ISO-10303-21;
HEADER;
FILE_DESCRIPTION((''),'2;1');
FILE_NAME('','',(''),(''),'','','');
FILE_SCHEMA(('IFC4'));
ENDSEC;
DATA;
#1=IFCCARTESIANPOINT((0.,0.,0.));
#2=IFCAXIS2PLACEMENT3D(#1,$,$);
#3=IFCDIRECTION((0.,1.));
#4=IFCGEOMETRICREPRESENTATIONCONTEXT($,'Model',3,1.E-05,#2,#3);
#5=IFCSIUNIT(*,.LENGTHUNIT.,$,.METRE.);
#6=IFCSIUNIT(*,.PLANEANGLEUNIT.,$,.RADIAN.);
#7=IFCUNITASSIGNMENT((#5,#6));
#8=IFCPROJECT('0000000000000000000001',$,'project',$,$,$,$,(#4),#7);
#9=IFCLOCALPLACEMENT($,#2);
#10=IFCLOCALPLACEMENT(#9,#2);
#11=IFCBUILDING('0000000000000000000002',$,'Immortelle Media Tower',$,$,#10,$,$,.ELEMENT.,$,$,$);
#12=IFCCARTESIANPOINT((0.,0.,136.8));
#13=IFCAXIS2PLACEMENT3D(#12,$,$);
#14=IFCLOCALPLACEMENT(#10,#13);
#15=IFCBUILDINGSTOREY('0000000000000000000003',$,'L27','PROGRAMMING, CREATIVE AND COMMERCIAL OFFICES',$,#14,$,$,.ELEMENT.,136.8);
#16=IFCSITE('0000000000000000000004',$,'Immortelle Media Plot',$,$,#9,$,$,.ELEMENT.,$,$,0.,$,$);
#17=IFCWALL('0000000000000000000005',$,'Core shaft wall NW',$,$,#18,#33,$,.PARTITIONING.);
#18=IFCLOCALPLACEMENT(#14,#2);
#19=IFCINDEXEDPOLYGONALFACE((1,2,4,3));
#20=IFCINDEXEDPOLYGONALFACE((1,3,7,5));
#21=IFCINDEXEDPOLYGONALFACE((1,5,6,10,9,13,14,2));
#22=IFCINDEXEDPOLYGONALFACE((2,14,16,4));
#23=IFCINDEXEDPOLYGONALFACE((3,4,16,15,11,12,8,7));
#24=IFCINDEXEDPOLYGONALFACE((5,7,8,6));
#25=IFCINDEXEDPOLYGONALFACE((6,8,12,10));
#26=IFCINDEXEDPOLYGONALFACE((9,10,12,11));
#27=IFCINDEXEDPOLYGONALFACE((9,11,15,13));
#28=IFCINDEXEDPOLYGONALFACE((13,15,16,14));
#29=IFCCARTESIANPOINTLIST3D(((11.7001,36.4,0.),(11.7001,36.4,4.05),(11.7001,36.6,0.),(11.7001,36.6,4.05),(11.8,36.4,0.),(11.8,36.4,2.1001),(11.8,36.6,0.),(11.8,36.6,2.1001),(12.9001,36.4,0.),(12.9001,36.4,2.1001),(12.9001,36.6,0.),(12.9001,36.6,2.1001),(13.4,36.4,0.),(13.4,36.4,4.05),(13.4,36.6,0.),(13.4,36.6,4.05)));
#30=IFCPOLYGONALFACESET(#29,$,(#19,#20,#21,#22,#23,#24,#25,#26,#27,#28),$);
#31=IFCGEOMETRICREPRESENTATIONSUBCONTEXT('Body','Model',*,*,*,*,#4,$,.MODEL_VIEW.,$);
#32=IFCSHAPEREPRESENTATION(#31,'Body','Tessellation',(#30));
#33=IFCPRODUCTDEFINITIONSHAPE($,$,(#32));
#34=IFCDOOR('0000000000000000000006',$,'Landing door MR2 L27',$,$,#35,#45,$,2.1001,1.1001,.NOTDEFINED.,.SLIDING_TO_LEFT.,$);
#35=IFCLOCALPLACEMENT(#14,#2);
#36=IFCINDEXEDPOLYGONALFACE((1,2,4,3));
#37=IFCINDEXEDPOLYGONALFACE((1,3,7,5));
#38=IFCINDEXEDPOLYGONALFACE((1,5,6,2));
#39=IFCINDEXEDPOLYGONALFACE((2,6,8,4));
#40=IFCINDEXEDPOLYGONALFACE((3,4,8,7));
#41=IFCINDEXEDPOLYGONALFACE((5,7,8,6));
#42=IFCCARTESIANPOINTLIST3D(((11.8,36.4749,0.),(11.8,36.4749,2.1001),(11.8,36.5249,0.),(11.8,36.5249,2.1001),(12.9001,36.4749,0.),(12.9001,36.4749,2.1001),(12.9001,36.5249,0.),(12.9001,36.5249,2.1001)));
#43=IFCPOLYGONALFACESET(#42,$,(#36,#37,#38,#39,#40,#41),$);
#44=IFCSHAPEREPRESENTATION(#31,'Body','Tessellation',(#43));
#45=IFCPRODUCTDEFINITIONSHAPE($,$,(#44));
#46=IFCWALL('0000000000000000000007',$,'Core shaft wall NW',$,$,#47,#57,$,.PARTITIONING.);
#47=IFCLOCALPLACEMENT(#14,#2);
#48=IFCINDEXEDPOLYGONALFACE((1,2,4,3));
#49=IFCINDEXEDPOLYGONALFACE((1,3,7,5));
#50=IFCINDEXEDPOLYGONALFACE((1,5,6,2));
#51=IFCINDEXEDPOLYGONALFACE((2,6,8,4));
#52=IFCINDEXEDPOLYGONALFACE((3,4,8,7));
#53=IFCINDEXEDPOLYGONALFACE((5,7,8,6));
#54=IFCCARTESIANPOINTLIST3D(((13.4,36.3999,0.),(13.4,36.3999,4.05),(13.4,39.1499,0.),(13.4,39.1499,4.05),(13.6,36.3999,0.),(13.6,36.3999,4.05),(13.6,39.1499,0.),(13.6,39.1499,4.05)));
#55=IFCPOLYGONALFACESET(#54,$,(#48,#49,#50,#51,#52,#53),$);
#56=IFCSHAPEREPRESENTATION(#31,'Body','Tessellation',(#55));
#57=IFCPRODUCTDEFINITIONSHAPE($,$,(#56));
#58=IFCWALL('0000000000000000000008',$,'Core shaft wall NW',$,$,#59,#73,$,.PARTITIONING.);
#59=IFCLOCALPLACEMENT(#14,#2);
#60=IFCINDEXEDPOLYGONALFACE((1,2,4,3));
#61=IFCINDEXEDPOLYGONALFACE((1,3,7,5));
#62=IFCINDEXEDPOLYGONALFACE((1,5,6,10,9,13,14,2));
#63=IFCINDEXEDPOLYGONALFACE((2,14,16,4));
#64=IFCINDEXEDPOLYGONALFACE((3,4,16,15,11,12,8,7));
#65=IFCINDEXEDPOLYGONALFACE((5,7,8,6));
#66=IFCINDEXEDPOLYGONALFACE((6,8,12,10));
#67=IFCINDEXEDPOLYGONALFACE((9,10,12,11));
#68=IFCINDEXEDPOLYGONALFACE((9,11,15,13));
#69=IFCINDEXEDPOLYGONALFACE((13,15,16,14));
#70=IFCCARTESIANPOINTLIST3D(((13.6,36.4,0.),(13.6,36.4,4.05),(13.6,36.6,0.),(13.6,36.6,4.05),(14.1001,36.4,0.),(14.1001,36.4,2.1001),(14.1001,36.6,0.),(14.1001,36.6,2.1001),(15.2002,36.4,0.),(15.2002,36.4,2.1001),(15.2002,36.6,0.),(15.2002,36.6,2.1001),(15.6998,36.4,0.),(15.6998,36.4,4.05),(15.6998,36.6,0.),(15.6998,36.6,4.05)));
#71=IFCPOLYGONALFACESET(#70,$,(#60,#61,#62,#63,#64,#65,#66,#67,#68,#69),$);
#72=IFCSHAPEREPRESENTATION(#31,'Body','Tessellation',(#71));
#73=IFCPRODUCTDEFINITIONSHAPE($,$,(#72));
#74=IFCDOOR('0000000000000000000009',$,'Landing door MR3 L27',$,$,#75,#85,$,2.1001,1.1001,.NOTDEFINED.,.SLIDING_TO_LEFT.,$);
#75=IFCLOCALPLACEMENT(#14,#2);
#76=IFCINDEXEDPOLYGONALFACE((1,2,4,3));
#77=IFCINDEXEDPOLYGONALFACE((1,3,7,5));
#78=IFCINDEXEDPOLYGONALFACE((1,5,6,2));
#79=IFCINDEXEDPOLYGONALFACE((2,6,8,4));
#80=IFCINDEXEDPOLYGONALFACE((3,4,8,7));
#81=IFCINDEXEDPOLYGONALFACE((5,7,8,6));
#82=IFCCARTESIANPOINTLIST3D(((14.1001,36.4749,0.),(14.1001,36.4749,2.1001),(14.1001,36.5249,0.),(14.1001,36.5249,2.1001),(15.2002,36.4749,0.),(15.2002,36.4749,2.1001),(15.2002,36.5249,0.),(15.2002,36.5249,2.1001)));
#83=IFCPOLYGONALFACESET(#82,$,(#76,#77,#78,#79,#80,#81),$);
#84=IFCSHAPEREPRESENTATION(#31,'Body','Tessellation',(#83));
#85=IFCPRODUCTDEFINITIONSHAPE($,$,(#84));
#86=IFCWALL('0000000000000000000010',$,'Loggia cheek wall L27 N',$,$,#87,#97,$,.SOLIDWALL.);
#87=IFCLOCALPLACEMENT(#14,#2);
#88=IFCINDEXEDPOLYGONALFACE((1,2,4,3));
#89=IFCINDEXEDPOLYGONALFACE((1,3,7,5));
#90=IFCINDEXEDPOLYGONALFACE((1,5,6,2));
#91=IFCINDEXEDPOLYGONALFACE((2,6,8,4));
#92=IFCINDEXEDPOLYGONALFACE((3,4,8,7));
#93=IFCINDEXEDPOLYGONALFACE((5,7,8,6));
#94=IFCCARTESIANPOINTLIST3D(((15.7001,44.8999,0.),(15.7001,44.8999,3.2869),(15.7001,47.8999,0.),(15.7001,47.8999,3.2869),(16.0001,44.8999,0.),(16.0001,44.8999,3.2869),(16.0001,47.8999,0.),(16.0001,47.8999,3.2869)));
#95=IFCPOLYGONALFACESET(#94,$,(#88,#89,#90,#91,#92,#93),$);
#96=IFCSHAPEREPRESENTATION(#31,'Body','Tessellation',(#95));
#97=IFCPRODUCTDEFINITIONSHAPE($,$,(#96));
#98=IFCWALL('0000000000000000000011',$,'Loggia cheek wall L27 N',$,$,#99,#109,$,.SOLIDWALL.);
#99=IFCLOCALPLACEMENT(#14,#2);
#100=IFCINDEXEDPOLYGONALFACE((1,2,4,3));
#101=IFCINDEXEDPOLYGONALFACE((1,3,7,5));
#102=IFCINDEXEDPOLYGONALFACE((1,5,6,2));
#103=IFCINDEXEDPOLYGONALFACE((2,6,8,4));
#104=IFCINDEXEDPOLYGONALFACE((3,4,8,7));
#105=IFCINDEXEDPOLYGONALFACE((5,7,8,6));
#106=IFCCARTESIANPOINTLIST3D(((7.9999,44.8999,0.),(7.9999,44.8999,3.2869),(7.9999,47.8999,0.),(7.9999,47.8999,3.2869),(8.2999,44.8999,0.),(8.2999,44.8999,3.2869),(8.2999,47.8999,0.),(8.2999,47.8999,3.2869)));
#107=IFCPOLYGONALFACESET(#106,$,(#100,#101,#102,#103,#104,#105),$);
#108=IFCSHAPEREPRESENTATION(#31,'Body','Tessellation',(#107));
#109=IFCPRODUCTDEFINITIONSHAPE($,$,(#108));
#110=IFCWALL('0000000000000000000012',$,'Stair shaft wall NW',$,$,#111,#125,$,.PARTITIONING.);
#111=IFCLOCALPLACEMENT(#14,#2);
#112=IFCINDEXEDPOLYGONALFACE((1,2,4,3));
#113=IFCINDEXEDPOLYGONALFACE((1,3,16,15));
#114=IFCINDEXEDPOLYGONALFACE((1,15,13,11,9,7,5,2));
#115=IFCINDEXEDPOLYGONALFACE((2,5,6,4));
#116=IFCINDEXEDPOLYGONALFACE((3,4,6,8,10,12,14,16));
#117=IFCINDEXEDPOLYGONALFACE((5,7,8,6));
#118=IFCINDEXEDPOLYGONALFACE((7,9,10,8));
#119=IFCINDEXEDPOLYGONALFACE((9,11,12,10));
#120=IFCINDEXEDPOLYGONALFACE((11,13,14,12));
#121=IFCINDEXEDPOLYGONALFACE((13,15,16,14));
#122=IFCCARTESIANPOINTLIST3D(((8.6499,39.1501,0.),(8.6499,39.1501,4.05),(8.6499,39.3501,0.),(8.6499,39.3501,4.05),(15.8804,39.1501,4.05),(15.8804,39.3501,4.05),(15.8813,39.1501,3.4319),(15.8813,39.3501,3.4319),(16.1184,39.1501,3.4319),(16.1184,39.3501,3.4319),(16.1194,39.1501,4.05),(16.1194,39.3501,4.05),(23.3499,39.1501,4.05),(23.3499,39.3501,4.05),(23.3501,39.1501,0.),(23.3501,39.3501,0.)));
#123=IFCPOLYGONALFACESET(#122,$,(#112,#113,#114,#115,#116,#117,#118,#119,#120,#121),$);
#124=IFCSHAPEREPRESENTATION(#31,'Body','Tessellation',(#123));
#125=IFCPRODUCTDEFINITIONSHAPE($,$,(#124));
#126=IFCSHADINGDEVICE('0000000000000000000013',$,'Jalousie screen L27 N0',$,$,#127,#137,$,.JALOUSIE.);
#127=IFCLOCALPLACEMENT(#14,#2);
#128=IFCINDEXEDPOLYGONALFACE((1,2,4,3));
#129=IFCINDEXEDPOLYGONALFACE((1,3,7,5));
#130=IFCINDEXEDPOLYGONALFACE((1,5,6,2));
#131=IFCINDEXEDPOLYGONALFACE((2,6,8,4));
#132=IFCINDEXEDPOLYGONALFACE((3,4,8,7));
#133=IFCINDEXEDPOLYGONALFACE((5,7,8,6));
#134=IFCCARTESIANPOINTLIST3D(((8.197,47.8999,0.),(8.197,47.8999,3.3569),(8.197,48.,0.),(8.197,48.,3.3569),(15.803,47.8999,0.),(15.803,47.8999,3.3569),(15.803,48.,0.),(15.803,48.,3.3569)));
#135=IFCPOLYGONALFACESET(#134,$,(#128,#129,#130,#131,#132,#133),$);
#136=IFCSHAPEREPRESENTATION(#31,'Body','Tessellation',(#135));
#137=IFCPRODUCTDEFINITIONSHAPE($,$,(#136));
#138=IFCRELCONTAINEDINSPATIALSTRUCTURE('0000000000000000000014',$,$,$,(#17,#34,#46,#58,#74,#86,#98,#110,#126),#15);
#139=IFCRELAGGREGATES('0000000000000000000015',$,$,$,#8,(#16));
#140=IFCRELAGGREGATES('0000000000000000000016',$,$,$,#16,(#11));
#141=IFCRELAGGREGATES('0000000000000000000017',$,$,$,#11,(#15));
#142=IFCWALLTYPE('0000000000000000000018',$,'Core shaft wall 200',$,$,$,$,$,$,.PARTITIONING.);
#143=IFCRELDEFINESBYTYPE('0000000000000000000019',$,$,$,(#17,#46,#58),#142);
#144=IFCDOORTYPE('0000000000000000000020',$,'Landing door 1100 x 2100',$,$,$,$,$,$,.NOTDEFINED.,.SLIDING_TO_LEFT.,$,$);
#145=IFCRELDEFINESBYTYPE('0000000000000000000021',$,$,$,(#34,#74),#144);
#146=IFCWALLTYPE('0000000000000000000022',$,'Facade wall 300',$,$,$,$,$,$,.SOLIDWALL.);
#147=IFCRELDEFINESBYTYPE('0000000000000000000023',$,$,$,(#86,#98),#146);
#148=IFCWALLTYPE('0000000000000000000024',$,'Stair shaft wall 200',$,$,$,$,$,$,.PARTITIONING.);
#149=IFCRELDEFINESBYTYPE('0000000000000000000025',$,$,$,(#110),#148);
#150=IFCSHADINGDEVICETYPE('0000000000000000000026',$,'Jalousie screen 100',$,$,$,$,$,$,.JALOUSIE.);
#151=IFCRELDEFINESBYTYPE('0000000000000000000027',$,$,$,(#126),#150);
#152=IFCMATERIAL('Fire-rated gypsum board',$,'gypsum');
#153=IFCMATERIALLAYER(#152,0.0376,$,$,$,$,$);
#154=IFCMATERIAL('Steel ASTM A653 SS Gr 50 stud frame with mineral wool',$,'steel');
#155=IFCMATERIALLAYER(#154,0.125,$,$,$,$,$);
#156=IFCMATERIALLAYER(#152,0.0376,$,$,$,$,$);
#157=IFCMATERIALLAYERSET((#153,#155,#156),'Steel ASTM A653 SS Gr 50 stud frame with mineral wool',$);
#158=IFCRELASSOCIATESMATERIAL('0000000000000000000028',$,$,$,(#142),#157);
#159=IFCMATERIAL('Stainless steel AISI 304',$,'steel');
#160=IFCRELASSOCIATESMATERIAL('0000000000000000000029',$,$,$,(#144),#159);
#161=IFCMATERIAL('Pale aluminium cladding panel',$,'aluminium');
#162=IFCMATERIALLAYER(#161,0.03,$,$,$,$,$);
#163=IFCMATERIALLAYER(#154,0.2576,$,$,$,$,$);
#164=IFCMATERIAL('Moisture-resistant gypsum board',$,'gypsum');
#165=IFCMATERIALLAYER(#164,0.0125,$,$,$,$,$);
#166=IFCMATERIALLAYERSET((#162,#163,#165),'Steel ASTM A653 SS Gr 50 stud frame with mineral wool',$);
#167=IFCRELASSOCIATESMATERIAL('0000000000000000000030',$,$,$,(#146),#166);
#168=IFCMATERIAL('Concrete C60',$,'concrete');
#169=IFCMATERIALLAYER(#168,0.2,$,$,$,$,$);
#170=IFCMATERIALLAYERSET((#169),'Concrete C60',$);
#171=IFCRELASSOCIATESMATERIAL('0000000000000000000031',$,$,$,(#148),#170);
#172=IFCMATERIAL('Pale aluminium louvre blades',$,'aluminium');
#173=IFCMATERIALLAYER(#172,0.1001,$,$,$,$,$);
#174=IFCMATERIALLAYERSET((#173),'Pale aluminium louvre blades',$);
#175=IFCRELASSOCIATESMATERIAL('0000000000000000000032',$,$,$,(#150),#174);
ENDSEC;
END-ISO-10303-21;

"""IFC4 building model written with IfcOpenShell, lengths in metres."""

from ifc_helpers import new_model, si_unit, direction, frame, frame_2d, origin, origin_2d, place, context, subcontext, project, spatial, polyline, rectangle, outline, extrude, material, layer, layer_set, type_object, element, fill, save


model = new_model("IFC4")

# Units and contexts
model_context = context("Model", 3, precision=1e-05, world=origin(), true_north=direction((0.0, 1.0)))
body_context = subcontext(model_context, "Body", "Model", "MODEL_VIEW")
ifc_project = project(units=[si_unit("LENGTHUNIT", "METRE"), si_unit("PLANEANGLEUNIT", "RADIAN")], contexts=[model_context])

# Site, building, storey
site_placement = place(None, origin())
site = spatial("IfcSite", under=ifc_project, at=site_placement, Name="Immortelle Media Plot", CompositionType="ELEMENT", RefElevation=0.0)
building_placement = place(site_placement, origin())
building = spatial("IfcBuilding", under=site, at=building_placement, Name="Immortelle Media Tower", CompositionType="ELEMENT")
storey_placement = place(building_placement, frame((0.0, 0.0, 136.8)))
storey = spatial("IfcBuildingStorey", under=building, at=storey_placement, Name="L27", Description="PROGRAMMING, CREATIVE AND COMMERCIAL OFFICES", CompositionType="ELEMENT", Elevation=136.8)

# Shared definitions
ifc_material_1 = material(Name="Fire-rated gypsum board", Category="gypsum")
ifc_material_2 = material(Name="Steel ASTM A653 SS Gr 50 stud frame with mineral wool", Category="steel")

# Shared definitions
ifc_layer_1 = layer(ifc_material_1, 0.0376)
ifc_layer_2 = layer(ifc_material_2, 0.125)
ifc_layer_3 = layer(ifc_material_1, 0.0376)
ifc_layer_set_1 = layer_set([ifc_layer_1, ifc_layer_2, ifc_layer_3], Name="Steel ASTM A653 SS Gr 50 stud frame with mineral wool")
wall_type_1 = type_object("IfcWallType", Name="Core shaft wall 200", PredefinedType="PARTITIONING", material=ifc_layer_set_1)

# Shared definitions
ifc_material_3 = material(Name="Stainless steel AISI 304", Category="steel")
door_type_1 = type_object("IfcDoorType", Name="Landing door 1100 x 2100", OperationType="SLIDING_TO_LEFT", PredefinedType="NOTDEFINED", material=ifc_material_3)

# Wall, opening, door
wall_1_placement = place(storey_placement, frame((11.7, 36.5, 0.0), z_axis=(0.0, 0.0, 1.0), x_axis=(1.0, 0.0, 0.0)))
wall_1 = element("IfcWall", 1, at=wall_1_placement, inside=storey, type_object=wall_type_1, Name="Core shaft wall NW", PredefinedType="PARTITIONING", context=body_context, shape_type="SweptSolid", body=[
    extrude(rectangle(XDim=1.7, YDim=0.2, at=frame_2d((0.8501, 0.0))), origin(), (0.0, 0.0, 1.0), 4.05),
])
opening_1_placement = place(wall_1_placement, frame((0.1001, 0.0, 0.0)))
opening_1 = element("IfcOpeningElement", 2, at=opening_1_placement, cuts=wall_1, PredefinedType="OPENING", context=body_context, shape_type="SweptSolid", body=[
    extrude(rectangle(XDim=1.1001, YDim=2.1001, at=frame_2d((0.55, 1.05))), frame((0.0, 0.1099, 0.0), z_axis=(0.0, -1.0, 0.0), x_axis=(1.0, 0.0, 0.0)), (0.0, 0.0, 1.0), 0.22),
])
door_1_placement = place(opening_1_placement, origin())
door_1 = element("IfcDoor", 3, at=door_1_placement, inside=storey, type_object=door_type_1, Name="Landing door MR2 L27", OperationType="SLIDING_TO_LEFT", OverallHeight=2.1001, OverallWidth=1.1001, PredefinedType="NOTDEFINED", context=body_context, shape_type="SweptSolid", body=[
    extrude(rectangle(XDim=1.1001, YDim=2.1001, at=frame_2d((0.55, 1.05))), frame((0.0, 0.0249, 0.0), z_axis=(0.0, -1.0, 0.0), x_axis=(1.0, 0.0, 0.0)), (0.0, 0.0, 1.0), 0.05),
])
fill(opening_1, door_1)

# Wall
wall_2_placement = place(storey_placement, frame((13.5, 36.3999, 0.0), z_axis=(0.0, 0.0, 1.0), x_axis=(0.0, 1.0, 0.0)))
element("IfcWall", 4, at=wall_2_placement, inside=storey, type_object=wall_type_1, Name="Core shaft wall NW", PredefinedType="PARTITIONING", context=body_context, shape_type="SweptSolid", body=[
    extrude(rectangle(XDim=2.75, YDim=0.2, at=frame_2d((1.375, 0.0))), origin(), (0.0, 0.0, 1.0), 4.05),
])

# Wall, opening, door
wall_3_placement = place(storey_placement, frame((13.6001, 36.5, 0.0), z_axis=(0.0, 0.0, 1.0), x_axis=(1.0, 0.0, 0.0)))
wall_3 = element("IfcWall", 5, at=wall_3_placement, inside=storey, type_object=wall_type_1, Name="Core shaft wall NW", PredefinedType="PARTITIONING", context=body_context, shape_type="SweptSolid", body=[
    extrude(rectangle(XDim=2.0999, YDim=0.2, at=frame_2d((1.0498, 0.0))), origin(), (0.0, 0.0, 1.0), 4.05),
])
opening_2_placement = place(wall_3_placement, frame((0.5, 0.0, 0.0)))
opening_2 = element("IfcOpeningElement", 6, at=opening_2_placement, cuts=wall_3, PredefinedType="OPENING", context=body_context, shape_type="SweptSolid", body=[
    extrude(rectangle(XDim=1.1001, YDim=2.1001, at=frame_2d((0.55, 1.05))), frame((0.0, 0.1099, 0.0), z_axis=(0.0, -1.0, 0.0), x_axis=(1.0, 0.0, 0.0)), (0.0, 0.0, 1.0), 0.22),
])
door_2_placement = place(opening_2_placement, origin())
door_2 = element("IfcDoor", 7, at=door_2_placement, inside=storey, type_object=door_type_1, Name="Landing door MR3 L27", OperationType="SLIDING_TO_LEFT", OverallHeight=2.1001, OverallWidth=1.1001, PredefinedType="NOTDEFINED", context=body_context, shape_type="SweptSolid", body=[
    extrude(rectangle(XDim=1.1001, YDim=2.1001, at=frame_2d((0.55, 1.05))), frame((0.0, 0.0249, 0.0), z_axis=(0.0, -1.0, 0.0), x_axis=(1.0, 0.0, 0.0)), (0.0, 0.0, 1.0), 0.05),
])
fill(opening_2, door_2)

# Shared definitions
ifc_material_4 = material(Name="Pale aluminium cladding panel", Category="aluminium")
ifc_layer_4 = layer(ifc_material_4, 0.03)
ifc_layer_5 = layer(ifc_material_2, 0.2576)
ifc_material_5 = material(Name="Moisture-resistant gypsum board", Category="gypsum")
ifc_layer_6 = layer(ifc_material_5, 0.0125)
ifc_layer_set_2 = layer_set([ifc_layer_4, ifc_layer_5, ifc_layer_6], Name="Steel ASTM A653 SS Gr 50 stud frame with mineral wool")
wall_type_2 = type_object("IfcWallType", Name="Facade wall 300", PredefinedType="SOLIDWALL", material=ifc_layer_set_2)

# Walls
for number, where, z_axis, x_axis, name in (
    (8, (15.8501, 47.8999, 0.0), (0.0, 0.0, 1.0), (0.0, -1.0, 0.0), "Loggia cheek wall L27 N"),
    (9, (8.1499, 47.8999, 0.0), (0.0, 0.0, 1.0), (0.0, -1.0, 0.0), "Loggia cheek wall L27 N"),
):
    element("IfcWall", number, at=place(storey_placement, frame(where, z_axis=z_axis, x_axis=x_axis)), inside=storey, type_object=wall_type_2, Name=name, PredefinedType="SOLIDWALL", context=body_context, shape_type="SweptSolid", body=[
        extrude(rectangle(XDim=3.0, YDim=0.3, at=frame_2d((1.5, 0.0))), origin(), (0.0, 0.0, 1.0), 3.2869),
    ])
ifc_material_6 = material(Name="Concrete C60", Category="concrete")
ifc_layer_7 = layer(ifc_material_6, 0.2)
ifc_layer_set_3 = layer_set([ifc_layer_7], Name="Concrete C60")
wall_type_3 = type_object("IfcWallType", Name="Stair shaft wall 200", PredefinedType="PARTITIONING", material=ifc_layer_set_3)
wall_4_placement = place(storey_placement, frame((8.6499, 39.25, 0.0), z_axis=(0.0, 0.0, 1.0), x_axis=(1.0, 0.0, 0.0)))
element("IfcWall", 10, at=wall_4_placement, inside=storey, type_object=wall_type_3, Name="Stair shaft wall NW", PredefinedType="PARTITIONING", context=body_context, shape_type="SweptSolid", body=[
    extrude(outline(polyline([(0.0, 0.0), (14.7002, 0.0), (14.7, 4.05), (7.4695, 4.05), (7.4685, 3.4319), (7.2314, 3.4319), (7.2305, 4.05), (0.0, 4.05), (0.0, 0.0)])), frame((0.0, 0.1001, 0.0), z_axis=(0.0, -1.0, 0.0), x_axis=(1.0, 0.0, 0.0)), (0.0, 0.0, 1.0), 0.2),
])

# Shading device
ifc_material_7 = material(Name="Pale aluminium louvre blades", Category="aluminium")
ifc_layer_8 = layer(ifc_material_7, 0.1001)
ifc_layer_set_4 = layer_set([ifc_layer_8], Name="Pale aluminium louvre blades")
shading_device_type = type_object("IfcShadingDeviceType", Name="Jalousie screen 100", PredefinedType="JALOUSIE", material=ifc_layer_set_4)
shading_device_placement = place(storey_placement, frame((12.0, 47.95, 0.0), z_axis=(0.0, 0.0, 1.0), x_axis=(-1.0, 0.0, 0.0)))
element("IfcShadingDevice", 11, at=shading_device_placement, inside=storey, type_object=shading_device_type, Name="Jalousie screen L27 N0", PredefinedType="JALOUSIE", context=body_context, shape_type="SweptSolid", body=[
    extrude(rectangle(XDim=7.606, YDim=0.1001, at=origin_2d()), origin(), (0.0, 0.0, 1.0), 3.3569),
])

save(model, "model.ifc")
